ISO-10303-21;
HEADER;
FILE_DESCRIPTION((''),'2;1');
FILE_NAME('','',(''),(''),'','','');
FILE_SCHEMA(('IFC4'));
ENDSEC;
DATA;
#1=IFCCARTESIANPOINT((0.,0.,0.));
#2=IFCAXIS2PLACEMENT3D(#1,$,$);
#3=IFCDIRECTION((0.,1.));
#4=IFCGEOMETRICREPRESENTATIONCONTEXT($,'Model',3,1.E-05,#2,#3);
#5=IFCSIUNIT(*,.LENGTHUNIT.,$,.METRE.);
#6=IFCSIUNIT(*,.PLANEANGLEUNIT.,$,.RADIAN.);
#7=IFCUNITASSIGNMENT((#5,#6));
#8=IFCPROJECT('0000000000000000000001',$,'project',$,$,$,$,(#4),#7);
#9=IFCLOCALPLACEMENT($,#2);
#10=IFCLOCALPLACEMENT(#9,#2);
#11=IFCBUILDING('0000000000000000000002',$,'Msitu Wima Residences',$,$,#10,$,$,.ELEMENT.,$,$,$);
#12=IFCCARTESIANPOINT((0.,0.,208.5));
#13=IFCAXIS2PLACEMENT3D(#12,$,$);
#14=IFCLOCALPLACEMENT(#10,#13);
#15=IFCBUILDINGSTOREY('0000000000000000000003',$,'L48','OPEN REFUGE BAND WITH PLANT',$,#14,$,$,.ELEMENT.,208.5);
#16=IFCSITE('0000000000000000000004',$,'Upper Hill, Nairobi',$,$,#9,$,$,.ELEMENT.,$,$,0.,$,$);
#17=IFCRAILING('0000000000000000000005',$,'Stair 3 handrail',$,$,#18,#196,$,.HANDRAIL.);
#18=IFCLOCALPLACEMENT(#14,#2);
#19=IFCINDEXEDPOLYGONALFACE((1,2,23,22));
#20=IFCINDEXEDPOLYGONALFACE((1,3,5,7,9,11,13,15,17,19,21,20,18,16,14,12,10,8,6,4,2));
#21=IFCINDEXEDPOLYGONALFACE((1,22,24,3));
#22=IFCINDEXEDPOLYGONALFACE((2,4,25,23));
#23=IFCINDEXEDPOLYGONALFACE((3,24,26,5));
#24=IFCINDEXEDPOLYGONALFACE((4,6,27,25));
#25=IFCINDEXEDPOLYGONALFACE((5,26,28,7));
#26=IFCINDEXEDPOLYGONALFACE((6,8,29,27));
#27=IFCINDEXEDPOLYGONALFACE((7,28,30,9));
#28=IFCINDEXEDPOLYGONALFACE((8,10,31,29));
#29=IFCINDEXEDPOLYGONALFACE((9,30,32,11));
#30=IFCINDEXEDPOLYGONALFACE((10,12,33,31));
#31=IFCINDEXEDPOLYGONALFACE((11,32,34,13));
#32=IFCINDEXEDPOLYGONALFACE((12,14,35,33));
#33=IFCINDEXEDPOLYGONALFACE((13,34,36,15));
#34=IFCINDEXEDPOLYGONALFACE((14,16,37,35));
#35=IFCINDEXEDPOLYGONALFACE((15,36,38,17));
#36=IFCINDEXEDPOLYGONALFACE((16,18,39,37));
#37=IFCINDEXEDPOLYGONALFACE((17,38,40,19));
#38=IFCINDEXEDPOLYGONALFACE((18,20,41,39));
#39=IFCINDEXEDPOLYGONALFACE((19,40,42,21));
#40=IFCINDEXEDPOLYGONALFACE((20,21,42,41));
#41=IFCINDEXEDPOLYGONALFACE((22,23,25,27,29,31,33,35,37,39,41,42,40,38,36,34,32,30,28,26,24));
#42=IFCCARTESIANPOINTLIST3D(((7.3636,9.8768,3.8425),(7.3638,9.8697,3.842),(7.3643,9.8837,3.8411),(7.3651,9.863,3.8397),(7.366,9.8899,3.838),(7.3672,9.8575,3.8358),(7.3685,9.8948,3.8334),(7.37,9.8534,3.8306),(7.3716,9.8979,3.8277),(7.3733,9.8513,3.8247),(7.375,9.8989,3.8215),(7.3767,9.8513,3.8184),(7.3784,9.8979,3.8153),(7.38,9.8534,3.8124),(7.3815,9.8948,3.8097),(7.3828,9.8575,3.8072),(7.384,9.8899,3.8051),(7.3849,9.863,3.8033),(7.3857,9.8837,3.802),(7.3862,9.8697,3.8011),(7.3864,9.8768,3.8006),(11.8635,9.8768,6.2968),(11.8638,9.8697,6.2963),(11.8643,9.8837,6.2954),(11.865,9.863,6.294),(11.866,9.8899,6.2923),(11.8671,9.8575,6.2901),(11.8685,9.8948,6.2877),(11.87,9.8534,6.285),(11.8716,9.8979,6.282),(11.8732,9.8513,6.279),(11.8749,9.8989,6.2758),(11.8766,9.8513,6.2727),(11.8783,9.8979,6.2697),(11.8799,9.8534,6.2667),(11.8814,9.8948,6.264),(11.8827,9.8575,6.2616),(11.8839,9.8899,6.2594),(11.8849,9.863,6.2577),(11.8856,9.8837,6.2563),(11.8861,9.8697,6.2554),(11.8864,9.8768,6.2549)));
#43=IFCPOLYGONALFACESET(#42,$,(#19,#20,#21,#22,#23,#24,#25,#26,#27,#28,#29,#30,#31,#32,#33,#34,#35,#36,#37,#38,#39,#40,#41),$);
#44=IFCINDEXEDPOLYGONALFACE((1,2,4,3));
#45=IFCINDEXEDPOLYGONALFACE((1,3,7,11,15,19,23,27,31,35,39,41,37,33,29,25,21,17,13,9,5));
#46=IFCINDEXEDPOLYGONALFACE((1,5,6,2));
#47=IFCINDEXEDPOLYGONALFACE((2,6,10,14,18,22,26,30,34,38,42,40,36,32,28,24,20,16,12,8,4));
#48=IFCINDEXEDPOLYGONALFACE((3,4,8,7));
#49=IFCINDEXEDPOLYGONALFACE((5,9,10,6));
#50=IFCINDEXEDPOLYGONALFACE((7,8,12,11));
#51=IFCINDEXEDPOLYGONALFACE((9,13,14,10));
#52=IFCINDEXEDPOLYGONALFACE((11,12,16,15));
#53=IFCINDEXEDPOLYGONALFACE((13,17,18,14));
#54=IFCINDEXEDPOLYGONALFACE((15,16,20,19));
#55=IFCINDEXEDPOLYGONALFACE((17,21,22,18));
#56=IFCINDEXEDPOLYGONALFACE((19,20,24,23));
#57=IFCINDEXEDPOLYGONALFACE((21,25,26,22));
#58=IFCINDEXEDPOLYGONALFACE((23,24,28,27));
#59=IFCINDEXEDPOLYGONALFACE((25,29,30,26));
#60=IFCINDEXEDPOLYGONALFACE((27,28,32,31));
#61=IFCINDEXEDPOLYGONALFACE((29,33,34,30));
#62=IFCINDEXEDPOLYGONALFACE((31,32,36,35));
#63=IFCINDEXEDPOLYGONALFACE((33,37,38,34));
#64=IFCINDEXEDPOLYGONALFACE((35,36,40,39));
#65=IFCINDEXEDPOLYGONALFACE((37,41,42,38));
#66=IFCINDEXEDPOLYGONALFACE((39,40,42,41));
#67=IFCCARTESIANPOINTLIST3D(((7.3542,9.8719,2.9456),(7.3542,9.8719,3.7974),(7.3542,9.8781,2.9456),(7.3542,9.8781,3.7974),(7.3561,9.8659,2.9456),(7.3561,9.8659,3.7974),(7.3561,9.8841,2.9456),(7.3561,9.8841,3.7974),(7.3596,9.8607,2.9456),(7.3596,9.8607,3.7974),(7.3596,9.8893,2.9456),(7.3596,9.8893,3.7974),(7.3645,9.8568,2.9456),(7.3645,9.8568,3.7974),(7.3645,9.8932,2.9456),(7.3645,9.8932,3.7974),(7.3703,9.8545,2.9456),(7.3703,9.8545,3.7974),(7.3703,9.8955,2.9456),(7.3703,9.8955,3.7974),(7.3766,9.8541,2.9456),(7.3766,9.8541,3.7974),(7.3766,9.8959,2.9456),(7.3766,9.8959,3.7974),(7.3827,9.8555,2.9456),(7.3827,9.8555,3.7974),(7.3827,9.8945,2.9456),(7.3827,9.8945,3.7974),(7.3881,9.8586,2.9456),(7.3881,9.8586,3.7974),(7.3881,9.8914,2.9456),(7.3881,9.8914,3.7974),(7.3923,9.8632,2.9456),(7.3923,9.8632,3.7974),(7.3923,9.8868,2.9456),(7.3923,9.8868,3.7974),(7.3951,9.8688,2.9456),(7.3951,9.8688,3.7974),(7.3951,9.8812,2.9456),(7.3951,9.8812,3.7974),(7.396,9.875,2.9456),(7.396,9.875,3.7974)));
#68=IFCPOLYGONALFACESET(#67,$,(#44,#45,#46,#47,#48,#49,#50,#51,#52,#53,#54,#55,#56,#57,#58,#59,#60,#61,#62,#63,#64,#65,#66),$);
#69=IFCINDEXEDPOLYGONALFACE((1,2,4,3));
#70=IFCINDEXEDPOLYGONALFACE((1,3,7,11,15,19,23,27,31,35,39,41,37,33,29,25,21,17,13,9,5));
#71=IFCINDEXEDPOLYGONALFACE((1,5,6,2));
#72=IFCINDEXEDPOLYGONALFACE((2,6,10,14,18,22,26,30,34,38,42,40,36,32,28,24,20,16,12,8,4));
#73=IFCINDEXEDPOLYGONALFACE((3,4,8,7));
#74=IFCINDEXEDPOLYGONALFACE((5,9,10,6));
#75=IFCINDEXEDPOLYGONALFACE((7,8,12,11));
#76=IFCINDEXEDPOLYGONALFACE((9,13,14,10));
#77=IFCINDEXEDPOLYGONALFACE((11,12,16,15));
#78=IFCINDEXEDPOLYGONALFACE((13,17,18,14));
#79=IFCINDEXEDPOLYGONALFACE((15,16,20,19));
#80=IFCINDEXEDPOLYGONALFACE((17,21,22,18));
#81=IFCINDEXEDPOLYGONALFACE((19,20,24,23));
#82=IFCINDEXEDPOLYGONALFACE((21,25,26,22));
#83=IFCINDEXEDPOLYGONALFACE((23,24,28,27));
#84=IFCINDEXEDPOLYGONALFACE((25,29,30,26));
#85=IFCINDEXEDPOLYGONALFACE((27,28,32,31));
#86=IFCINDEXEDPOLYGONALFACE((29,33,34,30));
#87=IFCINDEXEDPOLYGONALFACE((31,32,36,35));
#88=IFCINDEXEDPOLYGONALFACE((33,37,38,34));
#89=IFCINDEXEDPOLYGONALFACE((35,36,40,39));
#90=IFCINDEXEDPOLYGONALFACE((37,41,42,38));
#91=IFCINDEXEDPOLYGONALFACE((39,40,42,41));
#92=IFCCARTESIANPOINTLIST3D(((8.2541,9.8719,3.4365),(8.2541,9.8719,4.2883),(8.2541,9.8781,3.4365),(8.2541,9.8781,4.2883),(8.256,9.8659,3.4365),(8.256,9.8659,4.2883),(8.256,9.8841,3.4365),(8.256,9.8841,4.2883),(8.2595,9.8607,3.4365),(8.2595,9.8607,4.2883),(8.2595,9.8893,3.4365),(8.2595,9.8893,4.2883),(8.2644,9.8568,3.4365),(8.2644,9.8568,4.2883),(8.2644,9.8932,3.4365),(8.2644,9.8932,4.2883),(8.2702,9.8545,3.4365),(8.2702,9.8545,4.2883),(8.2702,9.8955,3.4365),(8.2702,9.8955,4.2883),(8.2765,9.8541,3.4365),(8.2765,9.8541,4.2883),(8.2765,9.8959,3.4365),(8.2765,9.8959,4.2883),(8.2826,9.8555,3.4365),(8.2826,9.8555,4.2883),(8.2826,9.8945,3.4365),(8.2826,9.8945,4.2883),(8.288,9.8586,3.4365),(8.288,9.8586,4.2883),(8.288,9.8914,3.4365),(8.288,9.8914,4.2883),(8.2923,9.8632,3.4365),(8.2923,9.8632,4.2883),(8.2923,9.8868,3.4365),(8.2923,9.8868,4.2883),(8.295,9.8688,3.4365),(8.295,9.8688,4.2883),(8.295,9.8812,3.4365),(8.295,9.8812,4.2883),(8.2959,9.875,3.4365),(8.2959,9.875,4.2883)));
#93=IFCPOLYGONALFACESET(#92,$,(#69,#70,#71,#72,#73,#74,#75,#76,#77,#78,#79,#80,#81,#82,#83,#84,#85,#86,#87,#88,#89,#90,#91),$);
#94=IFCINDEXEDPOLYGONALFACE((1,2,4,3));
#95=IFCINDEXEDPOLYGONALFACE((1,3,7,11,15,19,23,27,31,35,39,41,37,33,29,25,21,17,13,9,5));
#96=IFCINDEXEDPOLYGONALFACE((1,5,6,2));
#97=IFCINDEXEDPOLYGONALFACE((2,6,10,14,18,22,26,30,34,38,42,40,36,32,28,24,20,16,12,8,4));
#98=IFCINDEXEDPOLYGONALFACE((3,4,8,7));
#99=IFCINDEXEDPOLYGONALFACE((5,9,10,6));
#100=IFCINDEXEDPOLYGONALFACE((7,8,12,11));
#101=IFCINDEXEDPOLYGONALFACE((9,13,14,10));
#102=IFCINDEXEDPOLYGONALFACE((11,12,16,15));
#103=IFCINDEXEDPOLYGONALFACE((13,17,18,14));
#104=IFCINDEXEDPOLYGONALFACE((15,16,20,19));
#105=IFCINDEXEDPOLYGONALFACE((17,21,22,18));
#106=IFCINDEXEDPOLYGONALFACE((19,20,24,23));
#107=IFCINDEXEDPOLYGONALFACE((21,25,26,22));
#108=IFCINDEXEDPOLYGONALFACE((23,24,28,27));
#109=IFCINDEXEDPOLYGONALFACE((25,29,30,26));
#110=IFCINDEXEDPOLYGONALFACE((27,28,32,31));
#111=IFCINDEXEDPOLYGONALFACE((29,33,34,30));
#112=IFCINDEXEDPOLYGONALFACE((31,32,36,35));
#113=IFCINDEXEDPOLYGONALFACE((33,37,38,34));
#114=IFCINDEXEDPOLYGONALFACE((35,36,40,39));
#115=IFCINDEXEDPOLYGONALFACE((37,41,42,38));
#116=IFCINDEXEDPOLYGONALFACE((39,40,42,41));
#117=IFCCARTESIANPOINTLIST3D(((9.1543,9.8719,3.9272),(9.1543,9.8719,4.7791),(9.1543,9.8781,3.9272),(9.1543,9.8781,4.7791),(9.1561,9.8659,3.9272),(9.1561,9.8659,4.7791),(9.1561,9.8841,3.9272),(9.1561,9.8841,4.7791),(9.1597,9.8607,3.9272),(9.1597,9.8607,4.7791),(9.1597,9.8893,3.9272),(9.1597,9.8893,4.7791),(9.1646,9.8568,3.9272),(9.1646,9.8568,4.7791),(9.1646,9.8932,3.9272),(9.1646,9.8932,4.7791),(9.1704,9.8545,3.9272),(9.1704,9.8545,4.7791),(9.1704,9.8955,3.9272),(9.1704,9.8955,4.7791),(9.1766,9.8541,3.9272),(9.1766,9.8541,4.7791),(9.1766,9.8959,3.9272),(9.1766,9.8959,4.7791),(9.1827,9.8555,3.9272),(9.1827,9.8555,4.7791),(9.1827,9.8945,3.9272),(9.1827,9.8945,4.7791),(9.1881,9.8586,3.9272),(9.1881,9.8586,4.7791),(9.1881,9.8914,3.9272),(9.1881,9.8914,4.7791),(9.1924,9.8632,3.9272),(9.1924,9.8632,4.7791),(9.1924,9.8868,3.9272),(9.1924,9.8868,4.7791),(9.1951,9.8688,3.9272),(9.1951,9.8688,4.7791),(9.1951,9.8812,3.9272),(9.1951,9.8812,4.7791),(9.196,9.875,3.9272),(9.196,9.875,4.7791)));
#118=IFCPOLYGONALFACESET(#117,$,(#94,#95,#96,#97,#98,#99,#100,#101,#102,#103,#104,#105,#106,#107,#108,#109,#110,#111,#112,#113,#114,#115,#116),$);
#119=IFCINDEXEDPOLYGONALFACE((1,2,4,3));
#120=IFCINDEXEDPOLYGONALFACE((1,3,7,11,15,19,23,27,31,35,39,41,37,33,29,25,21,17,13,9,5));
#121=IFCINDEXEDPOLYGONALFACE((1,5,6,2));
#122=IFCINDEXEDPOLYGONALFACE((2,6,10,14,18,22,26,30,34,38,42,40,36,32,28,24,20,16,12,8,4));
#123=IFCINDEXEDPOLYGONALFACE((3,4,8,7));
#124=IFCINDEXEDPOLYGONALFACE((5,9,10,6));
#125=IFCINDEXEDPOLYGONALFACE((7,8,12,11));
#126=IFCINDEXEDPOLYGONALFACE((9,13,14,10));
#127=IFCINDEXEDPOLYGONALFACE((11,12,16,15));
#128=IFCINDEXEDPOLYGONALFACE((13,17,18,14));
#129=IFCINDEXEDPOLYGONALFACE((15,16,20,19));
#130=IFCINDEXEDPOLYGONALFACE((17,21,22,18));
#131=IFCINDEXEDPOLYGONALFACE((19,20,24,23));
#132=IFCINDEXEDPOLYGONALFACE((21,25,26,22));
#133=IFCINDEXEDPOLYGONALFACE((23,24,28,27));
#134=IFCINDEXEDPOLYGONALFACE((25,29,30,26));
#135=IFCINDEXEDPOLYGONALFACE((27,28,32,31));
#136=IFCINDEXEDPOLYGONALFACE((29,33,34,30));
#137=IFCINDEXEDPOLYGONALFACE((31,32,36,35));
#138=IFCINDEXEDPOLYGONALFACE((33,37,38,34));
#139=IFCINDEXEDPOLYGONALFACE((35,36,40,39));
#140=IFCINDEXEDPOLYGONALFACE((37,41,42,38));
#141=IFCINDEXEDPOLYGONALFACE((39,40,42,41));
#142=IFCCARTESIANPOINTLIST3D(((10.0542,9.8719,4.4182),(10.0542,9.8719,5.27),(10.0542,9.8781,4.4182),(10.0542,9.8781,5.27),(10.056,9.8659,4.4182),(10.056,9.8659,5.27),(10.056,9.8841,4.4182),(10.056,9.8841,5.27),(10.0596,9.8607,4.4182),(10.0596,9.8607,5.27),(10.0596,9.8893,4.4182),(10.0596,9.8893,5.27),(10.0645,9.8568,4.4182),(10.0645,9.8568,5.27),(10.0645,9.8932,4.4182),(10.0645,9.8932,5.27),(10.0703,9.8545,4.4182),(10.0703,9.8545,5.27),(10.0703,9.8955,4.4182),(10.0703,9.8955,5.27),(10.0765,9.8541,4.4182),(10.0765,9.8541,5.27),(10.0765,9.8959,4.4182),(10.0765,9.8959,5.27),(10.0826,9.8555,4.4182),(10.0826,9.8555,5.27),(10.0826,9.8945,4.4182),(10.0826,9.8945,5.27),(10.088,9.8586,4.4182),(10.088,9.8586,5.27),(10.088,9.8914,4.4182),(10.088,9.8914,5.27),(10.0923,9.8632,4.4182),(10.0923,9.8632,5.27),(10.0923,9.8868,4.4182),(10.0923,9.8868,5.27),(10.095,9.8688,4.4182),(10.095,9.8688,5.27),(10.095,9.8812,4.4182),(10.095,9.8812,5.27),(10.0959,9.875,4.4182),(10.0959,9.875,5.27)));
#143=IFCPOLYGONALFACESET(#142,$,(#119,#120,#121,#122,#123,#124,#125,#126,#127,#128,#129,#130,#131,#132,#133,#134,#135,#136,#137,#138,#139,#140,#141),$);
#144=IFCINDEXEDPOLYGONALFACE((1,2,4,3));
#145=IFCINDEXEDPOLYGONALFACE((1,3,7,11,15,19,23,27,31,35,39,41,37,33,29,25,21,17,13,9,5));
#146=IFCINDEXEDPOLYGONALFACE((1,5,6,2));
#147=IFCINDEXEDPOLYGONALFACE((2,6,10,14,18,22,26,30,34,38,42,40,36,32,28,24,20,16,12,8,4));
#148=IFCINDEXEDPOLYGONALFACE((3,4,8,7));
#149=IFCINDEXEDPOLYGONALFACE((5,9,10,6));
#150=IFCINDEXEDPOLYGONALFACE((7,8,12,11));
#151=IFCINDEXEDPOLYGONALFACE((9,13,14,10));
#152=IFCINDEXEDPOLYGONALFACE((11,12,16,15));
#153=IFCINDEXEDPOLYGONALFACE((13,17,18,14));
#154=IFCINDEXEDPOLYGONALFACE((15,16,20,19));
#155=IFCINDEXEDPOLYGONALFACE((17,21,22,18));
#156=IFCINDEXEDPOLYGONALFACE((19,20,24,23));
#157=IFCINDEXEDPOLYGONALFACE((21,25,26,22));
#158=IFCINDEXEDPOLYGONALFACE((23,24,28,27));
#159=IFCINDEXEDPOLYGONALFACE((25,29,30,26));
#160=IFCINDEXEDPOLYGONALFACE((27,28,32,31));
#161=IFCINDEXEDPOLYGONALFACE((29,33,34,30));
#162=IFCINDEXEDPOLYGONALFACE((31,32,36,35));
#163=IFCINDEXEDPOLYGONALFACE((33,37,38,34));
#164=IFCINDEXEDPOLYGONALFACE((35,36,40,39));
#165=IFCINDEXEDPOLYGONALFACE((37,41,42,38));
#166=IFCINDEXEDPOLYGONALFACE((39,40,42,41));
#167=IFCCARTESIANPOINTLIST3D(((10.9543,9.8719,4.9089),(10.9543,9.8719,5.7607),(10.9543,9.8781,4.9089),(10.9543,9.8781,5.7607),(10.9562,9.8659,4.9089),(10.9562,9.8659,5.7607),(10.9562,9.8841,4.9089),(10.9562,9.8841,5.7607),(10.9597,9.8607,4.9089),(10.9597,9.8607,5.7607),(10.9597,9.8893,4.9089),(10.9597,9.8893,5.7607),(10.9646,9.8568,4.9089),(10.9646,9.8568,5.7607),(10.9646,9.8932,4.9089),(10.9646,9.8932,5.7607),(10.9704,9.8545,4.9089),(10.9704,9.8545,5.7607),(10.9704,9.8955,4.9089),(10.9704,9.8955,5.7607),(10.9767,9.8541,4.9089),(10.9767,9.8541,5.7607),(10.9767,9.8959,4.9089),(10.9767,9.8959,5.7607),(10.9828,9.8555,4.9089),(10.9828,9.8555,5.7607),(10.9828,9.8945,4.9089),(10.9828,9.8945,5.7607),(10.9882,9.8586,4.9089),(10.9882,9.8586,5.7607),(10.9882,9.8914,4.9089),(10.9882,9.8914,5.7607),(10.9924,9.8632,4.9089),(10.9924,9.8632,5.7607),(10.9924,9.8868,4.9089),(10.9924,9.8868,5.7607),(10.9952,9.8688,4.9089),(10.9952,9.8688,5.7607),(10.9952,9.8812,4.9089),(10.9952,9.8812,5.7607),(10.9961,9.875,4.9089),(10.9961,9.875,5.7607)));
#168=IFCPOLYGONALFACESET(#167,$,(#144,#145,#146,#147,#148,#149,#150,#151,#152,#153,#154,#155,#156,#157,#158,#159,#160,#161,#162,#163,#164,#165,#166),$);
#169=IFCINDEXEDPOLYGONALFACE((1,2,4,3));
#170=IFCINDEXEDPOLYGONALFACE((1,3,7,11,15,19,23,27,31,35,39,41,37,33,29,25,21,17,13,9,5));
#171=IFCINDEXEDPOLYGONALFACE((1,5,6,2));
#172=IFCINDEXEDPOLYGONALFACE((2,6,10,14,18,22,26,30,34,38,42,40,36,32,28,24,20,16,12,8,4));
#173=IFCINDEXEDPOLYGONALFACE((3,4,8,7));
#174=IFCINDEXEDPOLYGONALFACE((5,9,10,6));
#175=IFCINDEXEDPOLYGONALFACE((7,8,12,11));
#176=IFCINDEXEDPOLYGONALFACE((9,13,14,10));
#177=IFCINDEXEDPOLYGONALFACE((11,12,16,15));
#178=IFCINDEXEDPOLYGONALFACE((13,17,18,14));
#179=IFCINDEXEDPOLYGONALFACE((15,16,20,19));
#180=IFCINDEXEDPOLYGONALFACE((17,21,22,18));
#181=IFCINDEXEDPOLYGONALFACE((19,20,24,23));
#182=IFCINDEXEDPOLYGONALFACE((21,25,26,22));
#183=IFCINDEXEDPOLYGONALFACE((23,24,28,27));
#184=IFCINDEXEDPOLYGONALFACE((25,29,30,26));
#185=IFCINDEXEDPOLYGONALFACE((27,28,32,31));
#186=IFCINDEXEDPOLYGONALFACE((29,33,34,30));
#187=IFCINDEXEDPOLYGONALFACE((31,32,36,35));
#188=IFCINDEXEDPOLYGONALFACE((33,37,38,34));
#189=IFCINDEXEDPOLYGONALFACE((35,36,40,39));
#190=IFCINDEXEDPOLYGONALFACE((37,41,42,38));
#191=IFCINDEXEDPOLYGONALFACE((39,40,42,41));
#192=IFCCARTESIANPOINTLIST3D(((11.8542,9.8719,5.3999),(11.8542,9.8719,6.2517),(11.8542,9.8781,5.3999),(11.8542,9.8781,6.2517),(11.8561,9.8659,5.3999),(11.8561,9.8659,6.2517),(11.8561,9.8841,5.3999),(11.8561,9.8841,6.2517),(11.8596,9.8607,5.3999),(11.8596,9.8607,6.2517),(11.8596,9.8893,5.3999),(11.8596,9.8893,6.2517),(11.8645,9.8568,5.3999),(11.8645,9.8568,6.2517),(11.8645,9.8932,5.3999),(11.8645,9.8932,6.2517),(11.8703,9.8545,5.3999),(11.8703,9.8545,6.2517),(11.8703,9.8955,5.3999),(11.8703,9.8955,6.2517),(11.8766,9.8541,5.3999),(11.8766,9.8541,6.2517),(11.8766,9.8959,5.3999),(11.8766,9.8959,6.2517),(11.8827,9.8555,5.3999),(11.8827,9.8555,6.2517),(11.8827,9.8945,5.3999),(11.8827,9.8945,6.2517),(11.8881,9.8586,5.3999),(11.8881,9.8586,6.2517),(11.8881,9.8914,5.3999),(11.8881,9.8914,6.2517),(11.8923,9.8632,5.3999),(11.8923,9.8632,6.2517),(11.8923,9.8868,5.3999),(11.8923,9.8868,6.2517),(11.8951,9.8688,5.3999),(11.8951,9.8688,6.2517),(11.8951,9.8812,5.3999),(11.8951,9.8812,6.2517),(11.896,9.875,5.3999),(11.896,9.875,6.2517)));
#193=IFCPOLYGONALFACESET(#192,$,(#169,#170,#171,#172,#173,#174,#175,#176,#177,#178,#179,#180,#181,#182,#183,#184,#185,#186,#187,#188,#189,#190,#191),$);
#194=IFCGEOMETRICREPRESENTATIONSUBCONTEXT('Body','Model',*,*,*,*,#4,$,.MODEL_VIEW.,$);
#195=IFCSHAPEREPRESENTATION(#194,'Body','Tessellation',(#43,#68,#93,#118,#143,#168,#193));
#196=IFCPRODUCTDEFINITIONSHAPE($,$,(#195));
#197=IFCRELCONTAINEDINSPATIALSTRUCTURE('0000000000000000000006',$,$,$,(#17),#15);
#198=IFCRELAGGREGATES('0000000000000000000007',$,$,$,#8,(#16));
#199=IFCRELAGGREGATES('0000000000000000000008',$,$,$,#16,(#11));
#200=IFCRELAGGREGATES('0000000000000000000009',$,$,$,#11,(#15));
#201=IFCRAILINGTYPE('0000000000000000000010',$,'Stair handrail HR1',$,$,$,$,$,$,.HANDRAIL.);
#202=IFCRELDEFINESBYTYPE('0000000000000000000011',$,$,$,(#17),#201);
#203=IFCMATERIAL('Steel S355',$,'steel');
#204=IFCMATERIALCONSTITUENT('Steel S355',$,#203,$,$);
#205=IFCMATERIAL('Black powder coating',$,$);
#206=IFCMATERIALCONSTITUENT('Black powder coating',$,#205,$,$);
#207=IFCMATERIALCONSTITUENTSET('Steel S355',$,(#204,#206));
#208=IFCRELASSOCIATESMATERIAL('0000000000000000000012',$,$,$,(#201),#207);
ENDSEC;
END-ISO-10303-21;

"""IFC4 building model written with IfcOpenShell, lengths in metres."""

from ifc_helpers import new_model, si_unit, direction, frame, origin, origin_2d, place, context, subcontext, project, spatial, circle, extrude, material, constituent, constituent_set, type_object, element, save


model = new_model("IFC4")

# Units and contexts
model_context = context("Model", 3, precision=1e-05, world=origin(), true_north=direction((0.0, 1.0)))
body_context = subcontext(model_context, "Body", "Model", "MODEL_VIEW")
ifc_project = project(units=[si_unit("LENGTHUNIT", "METRE"), si_unit("PLANEANGLEUNIT", "RADIAN")], contexts=[model_context])

# Site, building, storey
site_placement = place(None, origin())
site = spatial("IfcSite", under=ifc_project, at=site_placement, Name="Upper Hill, Nairobi", CompositionType="ELEMENT", RefElevation=0.0)
building_placement = place(site_placement, origin())
building = spatial("IfcBuilding", under=site, at=building_placement, Name="Msitu Wima Residences", CompositionType="ELEMENT")
storey_placement = place(building_placement, frame((0.0, 0.0, 208.5)))
storey = spatial("IfcBuildingStorey", under=building, at=storey_placement, Name="L48", Description="OPEN REFUGE BAND WITH PLANT", CompositionType="ELEMENT", Elevation=208.5)

# Railing
ifc_material_1 = material(Name="Steel S355", Category="steel")
ifc_constituent_1 = constituent(ifc_material_1, Name="Steel S355")
ifc_material_2 = material(Name="Black powder coating")
ifc_constituent_2 = constituent(ifc_material_2, Name="Black powder coating")
ifc_constituent_set_1 = constituent_set(constituents=[ifc_constituent_1, ifc_constituent_2], Name="Steel S355")
railing_type_1 = type_object("IfcRailingType", Name="Stair handrail HR1", PredefinedType="HANDRAIL", material=ifc_constituent_set_1)
for number, where, name in (
    (1, (7.375, 9.875, 2.9456), "Stair 3 handrail"),
):
    element("IfcRailing", number, at=place(storey_placement, frame(where)), inside=storey, type_object=railing_type_1, Name=name, PredefinedType="HANDRAIL", context=body_context, shape_type="SweptSolid", body=[
        extrude(circle(Radius=0.0239, at=origin_2d()), frame((0.0, 0.0, 0.876), z_axis=(0.877912, 0.0, 0.478822), x_axis=(0.0, 1.0, 0.0)), (0.0, 0.0, 1.0), 5.1257),
        extrude(circle(Radius=0.021, at=origin_2d()), origin(), (0.0, 0.0, 1.0), 0.8518),
        extrude(circle(Radius=0.021, at=origin_2d()), frame((0.8999, 0.0, 0.491)), (0.0, 0.0, 1.0), 0.8518),
        extrude(circle(Radius=0.021, at=origin_2d()), frame((1.8, 0.0, 0.9817)), (0.0, 0.0, 1.0), 0.8518),
        extrude(circle(Radius=0.021, at=origin_2d()), frame((2.7, 0.0, 1.4727)), (0.0, 0.0, 1.0), 0.8518),
        extrude(circle(Radius=0.021, at=origin_2d()), frame((3.6001, 0.0, 1.9634)), (0.0, 0.0, 1.0), 0.8518),
        extrude(circle(Radius=0.021, at=origin_2d()), frame((4.5, 0.0, 2.4543)), (0.0, 0.0, 1.0), 0.8518),
    ])

save(model, "model.ifc")
